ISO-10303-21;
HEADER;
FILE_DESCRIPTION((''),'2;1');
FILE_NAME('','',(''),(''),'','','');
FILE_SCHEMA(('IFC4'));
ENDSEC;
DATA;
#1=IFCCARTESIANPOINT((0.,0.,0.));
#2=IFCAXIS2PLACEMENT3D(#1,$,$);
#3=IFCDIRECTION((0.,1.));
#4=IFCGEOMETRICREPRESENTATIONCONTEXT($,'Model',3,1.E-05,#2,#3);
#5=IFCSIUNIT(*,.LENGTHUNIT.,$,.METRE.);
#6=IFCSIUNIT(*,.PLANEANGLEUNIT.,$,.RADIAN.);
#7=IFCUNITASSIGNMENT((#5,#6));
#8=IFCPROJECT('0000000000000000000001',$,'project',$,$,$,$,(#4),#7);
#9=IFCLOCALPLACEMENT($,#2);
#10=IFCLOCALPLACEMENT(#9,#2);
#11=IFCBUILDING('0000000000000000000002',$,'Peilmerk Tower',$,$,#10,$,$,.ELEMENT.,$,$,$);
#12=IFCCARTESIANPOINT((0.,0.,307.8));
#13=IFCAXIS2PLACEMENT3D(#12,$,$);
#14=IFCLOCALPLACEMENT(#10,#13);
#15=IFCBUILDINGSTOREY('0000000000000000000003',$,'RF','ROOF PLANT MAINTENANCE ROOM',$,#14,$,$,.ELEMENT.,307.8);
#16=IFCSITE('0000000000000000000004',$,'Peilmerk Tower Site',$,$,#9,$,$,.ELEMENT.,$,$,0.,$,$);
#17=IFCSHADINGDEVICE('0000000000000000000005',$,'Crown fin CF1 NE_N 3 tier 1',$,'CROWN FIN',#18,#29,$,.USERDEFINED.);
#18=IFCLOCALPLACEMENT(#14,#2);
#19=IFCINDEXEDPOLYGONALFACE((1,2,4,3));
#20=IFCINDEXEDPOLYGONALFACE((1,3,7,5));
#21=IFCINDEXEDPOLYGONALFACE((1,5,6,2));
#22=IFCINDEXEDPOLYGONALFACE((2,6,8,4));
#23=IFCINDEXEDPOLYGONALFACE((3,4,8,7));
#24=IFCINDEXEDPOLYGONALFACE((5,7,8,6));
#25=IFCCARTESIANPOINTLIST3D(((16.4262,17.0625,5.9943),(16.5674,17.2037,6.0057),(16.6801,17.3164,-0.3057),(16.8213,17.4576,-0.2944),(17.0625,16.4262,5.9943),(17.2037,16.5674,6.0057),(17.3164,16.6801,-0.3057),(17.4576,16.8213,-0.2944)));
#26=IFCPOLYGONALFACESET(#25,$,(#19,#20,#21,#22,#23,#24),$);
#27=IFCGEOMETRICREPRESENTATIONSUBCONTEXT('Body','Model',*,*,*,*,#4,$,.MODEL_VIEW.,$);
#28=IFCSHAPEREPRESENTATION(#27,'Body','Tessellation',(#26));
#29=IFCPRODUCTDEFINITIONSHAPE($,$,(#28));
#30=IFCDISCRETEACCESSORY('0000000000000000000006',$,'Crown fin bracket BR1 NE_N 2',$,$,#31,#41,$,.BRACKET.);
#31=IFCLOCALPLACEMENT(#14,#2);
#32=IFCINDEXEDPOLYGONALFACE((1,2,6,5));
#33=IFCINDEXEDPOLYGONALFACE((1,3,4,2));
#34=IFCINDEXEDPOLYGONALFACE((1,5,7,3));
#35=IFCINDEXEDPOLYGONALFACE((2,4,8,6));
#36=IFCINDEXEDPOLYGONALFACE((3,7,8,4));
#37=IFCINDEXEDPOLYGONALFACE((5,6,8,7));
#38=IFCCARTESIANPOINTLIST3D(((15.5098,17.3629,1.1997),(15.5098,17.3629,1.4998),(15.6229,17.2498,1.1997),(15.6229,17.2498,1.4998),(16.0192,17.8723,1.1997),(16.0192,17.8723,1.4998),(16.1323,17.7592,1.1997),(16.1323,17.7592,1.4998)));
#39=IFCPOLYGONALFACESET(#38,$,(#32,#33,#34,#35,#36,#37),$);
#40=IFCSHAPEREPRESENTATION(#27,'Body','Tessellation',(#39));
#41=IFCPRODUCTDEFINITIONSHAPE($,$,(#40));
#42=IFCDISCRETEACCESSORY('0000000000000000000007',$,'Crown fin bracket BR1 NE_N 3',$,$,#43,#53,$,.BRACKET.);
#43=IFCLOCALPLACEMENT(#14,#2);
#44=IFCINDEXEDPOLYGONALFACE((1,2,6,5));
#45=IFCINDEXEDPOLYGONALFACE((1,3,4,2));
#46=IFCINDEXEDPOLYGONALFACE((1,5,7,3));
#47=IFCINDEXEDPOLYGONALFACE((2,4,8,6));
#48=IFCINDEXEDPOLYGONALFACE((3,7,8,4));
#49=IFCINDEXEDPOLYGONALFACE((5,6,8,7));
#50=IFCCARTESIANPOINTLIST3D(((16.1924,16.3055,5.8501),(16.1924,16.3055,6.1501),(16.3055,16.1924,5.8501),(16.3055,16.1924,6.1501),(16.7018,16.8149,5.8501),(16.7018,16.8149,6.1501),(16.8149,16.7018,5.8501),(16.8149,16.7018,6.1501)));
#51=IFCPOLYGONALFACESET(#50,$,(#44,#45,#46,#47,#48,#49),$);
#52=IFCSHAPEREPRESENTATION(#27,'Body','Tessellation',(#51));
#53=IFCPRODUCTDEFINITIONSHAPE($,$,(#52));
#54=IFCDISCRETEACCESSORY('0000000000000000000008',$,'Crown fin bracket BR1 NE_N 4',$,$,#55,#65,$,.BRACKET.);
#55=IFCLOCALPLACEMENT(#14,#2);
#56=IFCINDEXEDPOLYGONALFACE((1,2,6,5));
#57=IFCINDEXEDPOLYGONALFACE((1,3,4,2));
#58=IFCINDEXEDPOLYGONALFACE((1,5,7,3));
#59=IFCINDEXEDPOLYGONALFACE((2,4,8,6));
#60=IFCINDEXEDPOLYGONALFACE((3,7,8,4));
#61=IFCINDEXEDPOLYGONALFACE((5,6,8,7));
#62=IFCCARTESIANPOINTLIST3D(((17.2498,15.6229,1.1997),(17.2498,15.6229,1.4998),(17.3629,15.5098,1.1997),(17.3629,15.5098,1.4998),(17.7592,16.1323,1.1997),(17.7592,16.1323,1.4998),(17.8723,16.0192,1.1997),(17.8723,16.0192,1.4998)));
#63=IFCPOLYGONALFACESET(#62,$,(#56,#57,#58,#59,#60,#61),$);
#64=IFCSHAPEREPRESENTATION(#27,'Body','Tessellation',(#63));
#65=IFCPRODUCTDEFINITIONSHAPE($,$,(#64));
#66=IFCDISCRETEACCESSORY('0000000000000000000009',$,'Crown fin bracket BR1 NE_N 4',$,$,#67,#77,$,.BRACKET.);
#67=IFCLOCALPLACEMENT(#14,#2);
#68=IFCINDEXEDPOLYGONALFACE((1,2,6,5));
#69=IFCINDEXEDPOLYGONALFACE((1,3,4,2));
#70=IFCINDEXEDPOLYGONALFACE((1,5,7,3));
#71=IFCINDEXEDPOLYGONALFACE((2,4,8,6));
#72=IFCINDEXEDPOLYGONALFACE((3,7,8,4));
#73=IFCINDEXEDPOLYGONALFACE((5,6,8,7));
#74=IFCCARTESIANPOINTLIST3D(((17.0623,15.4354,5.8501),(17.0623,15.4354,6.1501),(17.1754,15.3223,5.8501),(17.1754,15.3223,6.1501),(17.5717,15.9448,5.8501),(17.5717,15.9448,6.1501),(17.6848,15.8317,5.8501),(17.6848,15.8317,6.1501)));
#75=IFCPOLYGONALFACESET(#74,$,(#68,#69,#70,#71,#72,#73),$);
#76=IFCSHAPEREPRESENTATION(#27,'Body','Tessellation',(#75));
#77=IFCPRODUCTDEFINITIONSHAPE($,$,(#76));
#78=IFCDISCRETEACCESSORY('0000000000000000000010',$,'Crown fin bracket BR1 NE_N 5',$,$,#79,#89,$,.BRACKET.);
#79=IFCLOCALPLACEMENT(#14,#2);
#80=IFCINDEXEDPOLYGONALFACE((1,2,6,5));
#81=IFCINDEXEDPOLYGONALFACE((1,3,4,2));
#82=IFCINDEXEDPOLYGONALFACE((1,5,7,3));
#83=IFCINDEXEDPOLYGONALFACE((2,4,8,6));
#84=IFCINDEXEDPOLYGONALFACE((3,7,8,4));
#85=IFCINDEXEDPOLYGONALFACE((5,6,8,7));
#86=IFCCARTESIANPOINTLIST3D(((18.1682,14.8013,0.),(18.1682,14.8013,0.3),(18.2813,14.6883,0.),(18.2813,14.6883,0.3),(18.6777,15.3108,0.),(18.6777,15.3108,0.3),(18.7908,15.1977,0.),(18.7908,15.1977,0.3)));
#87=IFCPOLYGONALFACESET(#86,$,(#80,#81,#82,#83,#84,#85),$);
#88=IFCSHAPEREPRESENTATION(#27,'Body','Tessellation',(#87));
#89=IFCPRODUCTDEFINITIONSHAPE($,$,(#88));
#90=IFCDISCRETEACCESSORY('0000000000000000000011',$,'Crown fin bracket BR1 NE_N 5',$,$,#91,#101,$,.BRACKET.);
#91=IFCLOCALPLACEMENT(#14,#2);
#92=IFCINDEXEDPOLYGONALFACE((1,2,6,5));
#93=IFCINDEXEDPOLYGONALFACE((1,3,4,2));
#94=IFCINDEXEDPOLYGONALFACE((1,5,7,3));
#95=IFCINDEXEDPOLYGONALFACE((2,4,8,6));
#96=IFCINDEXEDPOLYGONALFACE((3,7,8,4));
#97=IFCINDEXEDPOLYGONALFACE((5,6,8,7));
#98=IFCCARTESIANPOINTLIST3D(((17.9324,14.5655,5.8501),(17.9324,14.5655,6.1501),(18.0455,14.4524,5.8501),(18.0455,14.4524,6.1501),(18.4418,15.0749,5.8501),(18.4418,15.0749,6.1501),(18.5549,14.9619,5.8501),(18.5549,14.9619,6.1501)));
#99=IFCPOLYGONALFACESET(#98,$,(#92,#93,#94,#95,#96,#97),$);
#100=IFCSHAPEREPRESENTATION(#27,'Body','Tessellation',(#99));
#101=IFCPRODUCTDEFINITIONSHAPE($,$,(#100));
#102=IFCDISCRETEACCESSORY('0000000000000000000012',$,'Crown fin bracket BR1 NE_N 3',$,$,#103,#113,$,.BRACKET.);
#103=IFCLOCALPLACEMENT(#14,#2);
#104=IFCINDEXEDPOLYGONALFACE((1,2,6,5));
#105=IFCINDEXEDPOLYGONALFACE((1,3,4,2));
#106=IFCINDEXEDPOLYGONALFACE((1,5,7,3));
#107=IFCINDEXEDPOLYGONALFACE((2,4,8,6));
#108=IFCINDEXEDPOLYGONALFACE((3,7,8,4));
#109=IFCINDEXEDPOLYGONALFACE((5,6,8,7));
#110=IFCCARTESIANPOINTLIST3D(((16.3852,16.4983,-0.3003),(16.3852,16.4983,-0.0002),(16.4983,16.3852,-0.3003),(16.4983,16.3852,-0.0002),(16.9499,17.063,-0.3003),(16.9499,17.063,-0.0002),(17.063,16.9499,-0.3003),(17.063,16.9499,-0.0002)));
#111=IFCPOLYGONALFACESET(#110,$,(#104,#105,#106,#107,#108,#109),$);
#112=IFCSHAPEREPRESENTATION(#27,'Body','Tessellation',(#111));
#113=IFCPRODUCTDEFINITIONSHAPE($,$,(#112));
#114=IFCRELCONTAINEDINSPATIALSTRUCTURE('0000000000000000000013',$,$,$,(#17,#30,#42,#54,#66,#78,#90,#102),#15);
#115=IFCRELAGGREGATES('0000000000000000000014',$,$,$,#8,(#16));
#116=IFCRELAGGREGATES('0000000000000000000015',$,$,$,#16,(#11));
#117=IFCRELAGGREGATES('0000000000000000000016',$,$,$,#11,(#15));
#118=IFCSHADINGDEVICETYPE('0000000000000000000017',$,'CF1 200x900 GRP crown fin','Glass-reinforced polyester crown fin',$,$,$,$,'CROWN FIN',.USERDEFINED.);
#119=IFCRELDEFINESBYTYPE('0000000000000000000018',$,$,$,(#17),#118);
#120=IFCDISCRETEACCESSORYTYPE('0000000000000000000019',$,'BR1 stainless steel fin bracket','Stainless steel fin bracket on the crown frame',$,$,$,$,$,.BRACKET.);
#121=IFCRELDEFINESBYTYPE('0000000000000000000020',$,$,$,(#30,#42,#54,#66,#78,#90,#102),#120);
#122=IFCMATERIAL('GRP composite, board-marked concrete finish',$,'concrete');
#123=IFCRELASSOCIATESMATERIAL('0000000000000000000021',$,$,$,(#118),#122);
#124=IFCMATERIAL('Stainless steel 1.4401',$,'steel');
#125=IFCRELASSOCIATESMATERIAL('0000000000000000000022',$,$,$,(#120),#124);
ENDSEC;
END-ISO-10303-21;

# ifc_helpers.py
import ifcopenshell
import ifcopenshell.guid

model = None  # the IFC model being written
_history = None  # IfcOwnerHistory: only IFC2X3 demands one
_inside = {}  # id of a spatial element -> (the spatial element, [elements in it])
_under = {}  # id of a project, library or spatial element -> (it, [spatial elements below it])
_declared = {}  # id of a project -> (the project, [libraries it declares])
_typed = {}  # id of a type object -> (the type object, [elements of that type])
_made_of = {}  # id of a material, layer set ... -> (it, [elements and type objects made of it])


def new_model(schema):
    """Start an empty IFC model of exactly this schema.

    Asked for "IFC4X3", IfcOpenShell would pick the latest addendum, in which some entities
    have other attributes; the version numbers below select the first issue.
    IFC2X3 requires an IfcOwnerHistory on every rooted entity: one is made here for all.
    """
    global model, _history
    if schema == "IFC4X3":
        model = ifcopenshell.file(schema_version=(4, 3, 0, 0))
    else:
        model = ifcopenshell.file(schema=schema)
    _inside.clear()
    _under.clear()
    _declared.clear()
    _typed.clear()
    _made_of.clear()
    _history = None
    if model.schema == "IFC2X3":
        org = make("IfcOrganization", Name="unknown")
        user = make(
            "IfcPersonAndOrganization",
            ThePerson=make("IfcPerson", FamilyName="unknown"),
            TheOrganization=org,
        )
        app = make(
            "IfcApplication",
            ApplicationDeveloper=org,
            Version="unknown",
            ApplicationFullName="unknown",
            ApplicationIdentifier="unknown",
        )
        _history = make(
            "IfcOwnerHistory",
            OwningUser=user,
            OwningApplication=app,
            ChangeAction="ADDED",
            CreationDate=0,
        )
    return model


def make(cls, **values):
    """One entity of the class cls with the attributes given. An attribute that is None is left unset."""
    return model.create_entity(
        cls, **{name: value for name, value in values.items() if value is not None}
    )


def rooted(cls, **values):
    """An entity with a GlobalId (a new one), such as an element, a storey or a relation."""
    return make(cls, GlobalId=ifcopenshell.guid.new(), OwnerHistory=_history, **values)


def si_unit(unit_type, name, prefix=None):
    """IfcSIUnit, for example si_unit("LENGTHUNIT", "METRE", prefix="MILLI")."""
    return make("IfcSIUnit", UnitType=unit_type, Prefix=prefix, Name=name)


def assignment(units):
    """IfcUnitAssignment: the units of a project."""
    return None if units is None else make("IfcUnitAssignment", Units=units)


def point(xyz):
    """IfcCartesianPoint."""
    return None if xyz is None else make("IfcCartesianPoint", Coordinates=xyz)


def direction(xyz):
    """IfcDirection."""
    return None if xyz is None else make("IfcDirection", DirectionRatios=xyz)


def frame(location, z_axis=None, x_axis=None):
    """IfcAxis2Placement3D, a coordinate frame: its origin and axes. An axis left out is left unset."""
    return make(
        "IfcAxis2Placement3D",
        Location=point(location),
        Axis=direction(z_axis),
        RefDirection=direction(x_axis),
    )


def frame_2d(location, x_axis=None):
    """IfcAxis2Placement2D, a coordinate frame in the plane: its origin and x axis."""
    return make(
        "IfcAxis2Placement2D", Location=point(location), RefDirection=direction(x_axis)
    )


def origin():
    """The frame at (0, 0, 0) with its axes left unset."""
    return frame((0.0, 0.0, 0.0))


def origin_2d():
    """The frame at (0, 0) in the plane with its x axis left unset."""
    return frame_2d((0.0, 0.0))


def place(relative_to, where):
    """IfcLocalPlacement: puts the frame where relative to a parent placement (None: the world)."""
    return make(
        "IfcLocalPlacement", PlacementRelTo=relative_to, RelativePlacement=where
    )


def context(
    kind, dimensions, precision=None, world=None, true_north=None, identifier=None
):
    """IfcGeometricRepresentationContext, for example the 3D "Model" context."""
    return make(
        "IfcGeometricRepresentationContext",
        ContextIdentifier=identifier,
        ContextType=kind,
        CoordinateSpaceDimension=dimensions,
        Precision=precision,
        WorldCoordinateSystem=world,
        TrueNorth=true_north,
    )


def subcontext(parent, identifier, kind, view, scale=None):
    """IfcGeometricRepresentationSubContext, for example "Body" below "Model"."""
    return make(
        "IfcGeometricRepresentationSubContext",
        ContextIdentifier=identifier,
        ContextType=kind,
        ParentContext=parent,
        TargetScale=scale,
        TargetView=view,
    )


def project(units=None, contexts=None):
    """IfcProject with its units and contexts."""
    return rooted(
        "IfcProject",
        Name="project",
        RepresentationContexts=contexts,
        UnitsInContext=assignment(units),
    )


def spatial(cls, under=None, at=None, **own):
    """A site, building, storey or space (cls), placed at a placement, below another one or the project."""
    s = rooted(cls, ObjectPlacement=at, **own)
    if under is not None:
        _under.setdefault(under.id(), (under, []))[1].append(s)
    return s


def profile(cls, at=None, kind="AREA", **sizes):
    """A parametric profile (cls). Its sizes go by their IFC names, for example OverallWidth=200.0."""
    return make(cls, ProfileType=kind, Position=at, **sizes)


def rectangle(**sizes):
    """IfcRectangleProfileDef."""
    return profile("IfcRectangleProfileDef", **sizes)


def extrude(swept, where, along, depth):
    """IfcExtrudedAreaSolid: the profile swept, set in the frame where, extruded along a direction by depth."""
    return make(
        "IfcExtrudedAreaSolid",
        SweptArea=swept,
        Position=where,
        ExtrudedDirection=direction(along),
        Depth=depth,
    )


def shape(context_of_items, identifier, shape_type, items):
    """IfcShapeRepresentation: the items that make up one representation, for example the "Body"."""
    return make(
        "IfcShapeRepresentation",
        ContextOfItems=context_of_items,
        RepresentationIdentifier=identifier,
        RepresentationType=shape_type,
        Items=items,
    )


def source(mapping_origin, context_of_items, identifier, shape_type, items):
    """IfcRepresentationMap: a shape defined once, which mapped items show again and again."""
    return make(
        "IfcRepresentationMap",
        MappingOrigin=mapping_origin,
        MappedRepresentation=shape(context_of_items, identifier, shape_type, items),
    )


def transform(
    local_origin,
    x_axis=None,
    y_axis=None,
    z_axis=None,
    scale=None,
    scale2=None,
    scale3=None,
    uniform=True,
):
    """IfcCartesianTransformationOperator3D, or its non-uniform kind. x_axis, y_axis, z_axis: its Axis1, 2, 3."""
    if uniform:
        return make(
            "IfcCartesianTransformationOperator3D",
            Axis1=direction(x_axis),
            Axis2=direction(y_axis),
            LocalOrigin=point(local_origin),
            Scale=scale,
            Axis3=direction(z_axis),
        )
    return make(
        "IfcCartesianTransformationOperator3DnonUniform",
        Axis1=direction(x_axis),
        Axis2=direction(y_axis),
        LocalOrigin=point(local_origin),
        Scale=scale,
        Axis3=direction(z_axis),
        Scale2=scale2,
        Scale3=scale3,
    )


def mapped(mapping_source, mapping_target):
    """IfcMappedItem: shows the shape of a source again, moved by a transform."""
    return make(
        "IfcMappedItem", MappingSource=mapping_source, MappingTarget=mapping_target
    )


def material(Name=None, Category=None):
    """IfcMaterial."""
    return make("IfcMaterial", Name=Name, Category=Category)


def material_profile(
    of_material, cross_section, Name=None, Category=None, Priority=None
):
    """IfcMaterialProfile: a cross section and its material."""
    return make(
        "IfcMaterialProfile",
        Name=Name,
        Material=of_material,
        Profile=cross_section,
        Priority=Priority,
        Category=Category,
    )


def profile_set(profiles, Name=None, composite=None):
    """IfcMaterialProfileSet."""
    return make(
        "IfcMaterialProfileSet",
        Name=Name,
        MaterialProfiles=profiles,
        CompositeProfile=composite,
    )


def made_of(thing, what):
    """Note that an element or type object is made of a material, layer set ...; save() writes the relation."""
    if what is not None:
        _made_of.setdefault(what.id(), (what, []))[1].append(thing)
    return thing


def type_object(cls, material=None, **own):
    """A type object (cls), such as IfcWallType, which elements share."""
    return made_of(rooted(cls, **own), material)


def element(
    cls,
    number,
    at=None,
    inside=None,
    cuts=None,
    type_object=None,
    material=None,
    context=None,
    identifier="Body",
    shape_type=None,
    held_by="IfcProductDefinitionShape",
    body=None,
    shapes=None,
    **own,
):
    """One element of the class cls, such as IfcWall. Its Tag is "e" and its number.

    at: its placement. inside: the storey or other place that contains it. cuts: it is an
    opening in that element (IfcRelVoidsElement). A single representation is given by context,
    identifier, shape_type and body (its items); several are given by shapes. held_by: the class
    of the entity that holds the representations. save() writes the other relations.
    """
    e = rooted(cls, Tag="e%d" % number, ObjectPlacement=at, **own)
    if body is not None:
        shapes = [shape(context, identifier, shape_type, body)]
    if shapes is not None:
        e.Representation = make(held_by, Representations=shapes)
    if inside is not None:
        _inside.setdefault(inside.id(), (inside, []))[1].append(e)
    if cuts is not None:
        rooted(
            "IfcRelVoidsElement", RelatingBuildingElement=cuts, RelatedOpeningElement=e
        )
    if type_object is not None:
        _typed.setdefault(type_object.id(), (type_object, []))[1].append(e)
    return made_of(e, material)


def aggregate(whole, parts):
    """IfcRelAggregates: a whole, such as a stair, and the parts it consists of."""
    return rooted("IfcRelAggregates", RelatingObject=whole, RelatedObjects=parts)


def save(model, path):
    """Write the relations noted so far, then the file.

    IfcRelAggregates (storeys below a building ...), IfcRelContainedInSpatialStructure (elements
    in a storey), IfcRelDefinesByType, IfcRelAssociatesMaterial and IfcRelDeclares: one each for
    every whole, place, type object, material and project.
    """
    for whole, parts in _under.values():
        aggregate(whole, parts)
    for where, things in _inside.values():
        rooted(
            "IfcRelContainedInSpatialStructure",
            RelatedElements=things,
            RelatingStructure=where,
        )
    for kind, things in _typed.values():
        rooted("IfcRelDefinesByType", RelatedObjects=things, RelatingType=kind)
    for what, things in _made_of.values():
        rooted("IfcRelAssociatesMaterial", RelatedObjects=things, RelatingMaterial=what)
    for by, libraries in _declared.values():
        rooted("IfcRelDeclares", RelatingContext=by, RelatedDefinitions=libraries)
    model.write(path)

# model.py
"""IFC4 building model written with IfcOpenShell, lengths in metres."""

from ifc_helpers import new_model, si_unit, direction, frame, origin, origin_2d, place, context, subcontext, project, spatial, rectangle, extrude, source, transform, mapped, material, material_profile, profile_set, type_object, element, save


model = new_model("IFC4")

# Units and contexts
model_context = context("Model", 3, precision=1e-05, world=origin(), true_north=direction((0.0, 1.0)))
body_context = subcontext(model_context, "Body", "Model", "MODEL_VIEW")
ifc_project = project(units=[si_unit("LENGTHUNIT", "METRE"), si_unit("PLANEANGLEUNIT", "RADIAN")], contexts=[model_context])

# Site, building, storey
site_placement = place(None, origin())
site = spatial("IfcSite", under=ifc_project, at=site_placement, Name="Peilmerk Tower Site", CompositionType="ELEMENT", RefElevation=0.0)
building_placement = place(site_placement, origin())
building = spatial("IfcBuilding", under=site, at=building_placement, Name="Peilmerk Tower", CompositionType="ELEMENT")
storey_placement = place(building_placement, frame((0.0, 0.0, 307.8)))
storey = spatial("IfcBuildingStorey", under=building, at=storey_placement, Name="RF", Description="ROOF PLANT MAINTENANCE ROOM", CompositionType="ELEMENT", Elevation=307.8)

# Shading device
ifc_material_1 = material(Name="GRP composite, board-marked concrete finish", Category="concrete")
ifc_material_profile_1 = material_profile(ifc_material_1, rectangle(XDim=0.2, YDim=0.8999, at=origin_2d()), Name="CF1 200x900")
ifc_profile_set_1 = profile_set([ifc_material_profile_1], Name="GRP composite, board-marked concrete finish")
shading_device_type = type_object("IfcShadingDeviceType", Name="CF1 200x900 GRP crown fin", Description="Glass-reinforced polyester crown fin", ElementType="CROWN FIN", PredefinedType="USERDEFINED", material=ifc_profile_set_1)
shared_shape_1 = source(origin(), body_context, "Body", "SweptSolid", [
    extrude(rectangle(XDim=0.2, YDim=0.8999, at=origin_2d()), origin(), (0.0, 0.0, 1.0), 6.3103),
])
shading_device_placement = place(storey_placement, frame((17.0688, 17.0688, -0.3), z_axis=(-0.040237, -0.040237, 0.99838), x_axis=(0.705961, 0.705961, 0.056904)))
element("IfcShadingDevice", 1, at=shading_device_placement, inside=storey, type_object=shading_device_type, Name="Crown fin CF1 NE_N 3 tier 1", ObjectType="CROWN FIN", PredefinedType="USERDEFINED", context=body_context, shape_type="MappedRepresentation", body=[
    mapped(shared_shape_1, transform((0.0, 0.0, 0.0), scale=1.0)),
])

# Discrete accessories
ifc_material_2 = material(Name="Stainless steel 1.4401", Category="steel")
discrete_accessory_type = type_object("IfcDiscreteAccessoryType", Name="BR1 stainless steel fin bracket", Description="Stainless steel fin bracket on the crown frame", PredefinedType="BRACKET", material=ifc_material_2)
shared_shape_2 = source(origin(), body_context, "Body", "SweptSolid", [
    extrude(rectangle(XDim=0.7205, YDim=0.1599, at=origin_2d()), origin(), (0.0, 0.0, 1.0), 0.3),
])
for number, where, z_axis, x_axis, name in (
    (2, (15.821, 17.561, 1.1997), (0.0, 0.0, 1.0), (0.707107, 0.707107, 0.0), "Crown fin bracket BR1 NE_N 2"),
    (3, (16.5037, 16.5037, 5.8501), (0.0, 0.0, 1.0), (0.707107, 0.707107, 0.0), "Crown fin bracket BR1 NE_N 3"),
    (4, (17.561, 15.821, 1.1997), (0.0, 0.0, 1.0), (0.707107, 0.707107, 0.0), "Crown fin bracket BR1 NE_N 4"),
    (5, (17.3735, 15.6335, 5.8501), (0.0, 0.0, 1.0), (0.707107, 0.707107, 0.0), "Crown fin bracket BR1 NE_N 4"),
    (6, (18.4795, 14.9995, 0.0), (0.0, 0.0, 1.0), (0.707107, 0.707107, 0.0), "Crown fin bracket BR1 NE_N 5"),
    (7, (18.2437, 14.7637, 5.8501), (0.0, 0.0, 1.0), (0.707107, 0.707107, 0.0), "Crown fin bracket BR1 NE_N 5"),
):
    element("IfcDiscreteAccessory", number, at=place(storey_placement, frame(where, z_axis=z_axis, x_axis=x_axis)), inside=storey, type_object=discrete_accessory_type, Name=name, PredefinedType="BRACKET", context=body_context, shape_type="MappedRepresentation", body=[
        mapped(shared_shape_2, transform((0.0, 0.0, 0.0), scale=1.0)),
    ])
shared_shape_3 = source(origin(), body_context, "Body", "SweptSolid", [
    extrude(rectangle(XDim=0.7986, YDim=0.1599, at=origin_2d()), origin(), (0.0, 0.0, 1.0), 0.3),
])
discrete_accessory_placement = place(storey_placement, frame((16.7241, 16.7241, -0.3003), z_axis=(0.0, 0.0, 1.0), x_axis=(0.707107, 0.707107, 0.0)))
element("IfcDiscreteAccessory", 8, at=discrete_accessory_placement, inside=storey, type_object=discrete_accessory_type, Name="Crown fin bracket BR1 NE_N 3", PredefinedType="BRACKET", context=body_context, shape_type="MappedRepresentation", body=[
    mapped(shared_shape_3, transform((0.0, 0.0, 0.0), scale=1.0)),
])

save(model, "model.ifc")
